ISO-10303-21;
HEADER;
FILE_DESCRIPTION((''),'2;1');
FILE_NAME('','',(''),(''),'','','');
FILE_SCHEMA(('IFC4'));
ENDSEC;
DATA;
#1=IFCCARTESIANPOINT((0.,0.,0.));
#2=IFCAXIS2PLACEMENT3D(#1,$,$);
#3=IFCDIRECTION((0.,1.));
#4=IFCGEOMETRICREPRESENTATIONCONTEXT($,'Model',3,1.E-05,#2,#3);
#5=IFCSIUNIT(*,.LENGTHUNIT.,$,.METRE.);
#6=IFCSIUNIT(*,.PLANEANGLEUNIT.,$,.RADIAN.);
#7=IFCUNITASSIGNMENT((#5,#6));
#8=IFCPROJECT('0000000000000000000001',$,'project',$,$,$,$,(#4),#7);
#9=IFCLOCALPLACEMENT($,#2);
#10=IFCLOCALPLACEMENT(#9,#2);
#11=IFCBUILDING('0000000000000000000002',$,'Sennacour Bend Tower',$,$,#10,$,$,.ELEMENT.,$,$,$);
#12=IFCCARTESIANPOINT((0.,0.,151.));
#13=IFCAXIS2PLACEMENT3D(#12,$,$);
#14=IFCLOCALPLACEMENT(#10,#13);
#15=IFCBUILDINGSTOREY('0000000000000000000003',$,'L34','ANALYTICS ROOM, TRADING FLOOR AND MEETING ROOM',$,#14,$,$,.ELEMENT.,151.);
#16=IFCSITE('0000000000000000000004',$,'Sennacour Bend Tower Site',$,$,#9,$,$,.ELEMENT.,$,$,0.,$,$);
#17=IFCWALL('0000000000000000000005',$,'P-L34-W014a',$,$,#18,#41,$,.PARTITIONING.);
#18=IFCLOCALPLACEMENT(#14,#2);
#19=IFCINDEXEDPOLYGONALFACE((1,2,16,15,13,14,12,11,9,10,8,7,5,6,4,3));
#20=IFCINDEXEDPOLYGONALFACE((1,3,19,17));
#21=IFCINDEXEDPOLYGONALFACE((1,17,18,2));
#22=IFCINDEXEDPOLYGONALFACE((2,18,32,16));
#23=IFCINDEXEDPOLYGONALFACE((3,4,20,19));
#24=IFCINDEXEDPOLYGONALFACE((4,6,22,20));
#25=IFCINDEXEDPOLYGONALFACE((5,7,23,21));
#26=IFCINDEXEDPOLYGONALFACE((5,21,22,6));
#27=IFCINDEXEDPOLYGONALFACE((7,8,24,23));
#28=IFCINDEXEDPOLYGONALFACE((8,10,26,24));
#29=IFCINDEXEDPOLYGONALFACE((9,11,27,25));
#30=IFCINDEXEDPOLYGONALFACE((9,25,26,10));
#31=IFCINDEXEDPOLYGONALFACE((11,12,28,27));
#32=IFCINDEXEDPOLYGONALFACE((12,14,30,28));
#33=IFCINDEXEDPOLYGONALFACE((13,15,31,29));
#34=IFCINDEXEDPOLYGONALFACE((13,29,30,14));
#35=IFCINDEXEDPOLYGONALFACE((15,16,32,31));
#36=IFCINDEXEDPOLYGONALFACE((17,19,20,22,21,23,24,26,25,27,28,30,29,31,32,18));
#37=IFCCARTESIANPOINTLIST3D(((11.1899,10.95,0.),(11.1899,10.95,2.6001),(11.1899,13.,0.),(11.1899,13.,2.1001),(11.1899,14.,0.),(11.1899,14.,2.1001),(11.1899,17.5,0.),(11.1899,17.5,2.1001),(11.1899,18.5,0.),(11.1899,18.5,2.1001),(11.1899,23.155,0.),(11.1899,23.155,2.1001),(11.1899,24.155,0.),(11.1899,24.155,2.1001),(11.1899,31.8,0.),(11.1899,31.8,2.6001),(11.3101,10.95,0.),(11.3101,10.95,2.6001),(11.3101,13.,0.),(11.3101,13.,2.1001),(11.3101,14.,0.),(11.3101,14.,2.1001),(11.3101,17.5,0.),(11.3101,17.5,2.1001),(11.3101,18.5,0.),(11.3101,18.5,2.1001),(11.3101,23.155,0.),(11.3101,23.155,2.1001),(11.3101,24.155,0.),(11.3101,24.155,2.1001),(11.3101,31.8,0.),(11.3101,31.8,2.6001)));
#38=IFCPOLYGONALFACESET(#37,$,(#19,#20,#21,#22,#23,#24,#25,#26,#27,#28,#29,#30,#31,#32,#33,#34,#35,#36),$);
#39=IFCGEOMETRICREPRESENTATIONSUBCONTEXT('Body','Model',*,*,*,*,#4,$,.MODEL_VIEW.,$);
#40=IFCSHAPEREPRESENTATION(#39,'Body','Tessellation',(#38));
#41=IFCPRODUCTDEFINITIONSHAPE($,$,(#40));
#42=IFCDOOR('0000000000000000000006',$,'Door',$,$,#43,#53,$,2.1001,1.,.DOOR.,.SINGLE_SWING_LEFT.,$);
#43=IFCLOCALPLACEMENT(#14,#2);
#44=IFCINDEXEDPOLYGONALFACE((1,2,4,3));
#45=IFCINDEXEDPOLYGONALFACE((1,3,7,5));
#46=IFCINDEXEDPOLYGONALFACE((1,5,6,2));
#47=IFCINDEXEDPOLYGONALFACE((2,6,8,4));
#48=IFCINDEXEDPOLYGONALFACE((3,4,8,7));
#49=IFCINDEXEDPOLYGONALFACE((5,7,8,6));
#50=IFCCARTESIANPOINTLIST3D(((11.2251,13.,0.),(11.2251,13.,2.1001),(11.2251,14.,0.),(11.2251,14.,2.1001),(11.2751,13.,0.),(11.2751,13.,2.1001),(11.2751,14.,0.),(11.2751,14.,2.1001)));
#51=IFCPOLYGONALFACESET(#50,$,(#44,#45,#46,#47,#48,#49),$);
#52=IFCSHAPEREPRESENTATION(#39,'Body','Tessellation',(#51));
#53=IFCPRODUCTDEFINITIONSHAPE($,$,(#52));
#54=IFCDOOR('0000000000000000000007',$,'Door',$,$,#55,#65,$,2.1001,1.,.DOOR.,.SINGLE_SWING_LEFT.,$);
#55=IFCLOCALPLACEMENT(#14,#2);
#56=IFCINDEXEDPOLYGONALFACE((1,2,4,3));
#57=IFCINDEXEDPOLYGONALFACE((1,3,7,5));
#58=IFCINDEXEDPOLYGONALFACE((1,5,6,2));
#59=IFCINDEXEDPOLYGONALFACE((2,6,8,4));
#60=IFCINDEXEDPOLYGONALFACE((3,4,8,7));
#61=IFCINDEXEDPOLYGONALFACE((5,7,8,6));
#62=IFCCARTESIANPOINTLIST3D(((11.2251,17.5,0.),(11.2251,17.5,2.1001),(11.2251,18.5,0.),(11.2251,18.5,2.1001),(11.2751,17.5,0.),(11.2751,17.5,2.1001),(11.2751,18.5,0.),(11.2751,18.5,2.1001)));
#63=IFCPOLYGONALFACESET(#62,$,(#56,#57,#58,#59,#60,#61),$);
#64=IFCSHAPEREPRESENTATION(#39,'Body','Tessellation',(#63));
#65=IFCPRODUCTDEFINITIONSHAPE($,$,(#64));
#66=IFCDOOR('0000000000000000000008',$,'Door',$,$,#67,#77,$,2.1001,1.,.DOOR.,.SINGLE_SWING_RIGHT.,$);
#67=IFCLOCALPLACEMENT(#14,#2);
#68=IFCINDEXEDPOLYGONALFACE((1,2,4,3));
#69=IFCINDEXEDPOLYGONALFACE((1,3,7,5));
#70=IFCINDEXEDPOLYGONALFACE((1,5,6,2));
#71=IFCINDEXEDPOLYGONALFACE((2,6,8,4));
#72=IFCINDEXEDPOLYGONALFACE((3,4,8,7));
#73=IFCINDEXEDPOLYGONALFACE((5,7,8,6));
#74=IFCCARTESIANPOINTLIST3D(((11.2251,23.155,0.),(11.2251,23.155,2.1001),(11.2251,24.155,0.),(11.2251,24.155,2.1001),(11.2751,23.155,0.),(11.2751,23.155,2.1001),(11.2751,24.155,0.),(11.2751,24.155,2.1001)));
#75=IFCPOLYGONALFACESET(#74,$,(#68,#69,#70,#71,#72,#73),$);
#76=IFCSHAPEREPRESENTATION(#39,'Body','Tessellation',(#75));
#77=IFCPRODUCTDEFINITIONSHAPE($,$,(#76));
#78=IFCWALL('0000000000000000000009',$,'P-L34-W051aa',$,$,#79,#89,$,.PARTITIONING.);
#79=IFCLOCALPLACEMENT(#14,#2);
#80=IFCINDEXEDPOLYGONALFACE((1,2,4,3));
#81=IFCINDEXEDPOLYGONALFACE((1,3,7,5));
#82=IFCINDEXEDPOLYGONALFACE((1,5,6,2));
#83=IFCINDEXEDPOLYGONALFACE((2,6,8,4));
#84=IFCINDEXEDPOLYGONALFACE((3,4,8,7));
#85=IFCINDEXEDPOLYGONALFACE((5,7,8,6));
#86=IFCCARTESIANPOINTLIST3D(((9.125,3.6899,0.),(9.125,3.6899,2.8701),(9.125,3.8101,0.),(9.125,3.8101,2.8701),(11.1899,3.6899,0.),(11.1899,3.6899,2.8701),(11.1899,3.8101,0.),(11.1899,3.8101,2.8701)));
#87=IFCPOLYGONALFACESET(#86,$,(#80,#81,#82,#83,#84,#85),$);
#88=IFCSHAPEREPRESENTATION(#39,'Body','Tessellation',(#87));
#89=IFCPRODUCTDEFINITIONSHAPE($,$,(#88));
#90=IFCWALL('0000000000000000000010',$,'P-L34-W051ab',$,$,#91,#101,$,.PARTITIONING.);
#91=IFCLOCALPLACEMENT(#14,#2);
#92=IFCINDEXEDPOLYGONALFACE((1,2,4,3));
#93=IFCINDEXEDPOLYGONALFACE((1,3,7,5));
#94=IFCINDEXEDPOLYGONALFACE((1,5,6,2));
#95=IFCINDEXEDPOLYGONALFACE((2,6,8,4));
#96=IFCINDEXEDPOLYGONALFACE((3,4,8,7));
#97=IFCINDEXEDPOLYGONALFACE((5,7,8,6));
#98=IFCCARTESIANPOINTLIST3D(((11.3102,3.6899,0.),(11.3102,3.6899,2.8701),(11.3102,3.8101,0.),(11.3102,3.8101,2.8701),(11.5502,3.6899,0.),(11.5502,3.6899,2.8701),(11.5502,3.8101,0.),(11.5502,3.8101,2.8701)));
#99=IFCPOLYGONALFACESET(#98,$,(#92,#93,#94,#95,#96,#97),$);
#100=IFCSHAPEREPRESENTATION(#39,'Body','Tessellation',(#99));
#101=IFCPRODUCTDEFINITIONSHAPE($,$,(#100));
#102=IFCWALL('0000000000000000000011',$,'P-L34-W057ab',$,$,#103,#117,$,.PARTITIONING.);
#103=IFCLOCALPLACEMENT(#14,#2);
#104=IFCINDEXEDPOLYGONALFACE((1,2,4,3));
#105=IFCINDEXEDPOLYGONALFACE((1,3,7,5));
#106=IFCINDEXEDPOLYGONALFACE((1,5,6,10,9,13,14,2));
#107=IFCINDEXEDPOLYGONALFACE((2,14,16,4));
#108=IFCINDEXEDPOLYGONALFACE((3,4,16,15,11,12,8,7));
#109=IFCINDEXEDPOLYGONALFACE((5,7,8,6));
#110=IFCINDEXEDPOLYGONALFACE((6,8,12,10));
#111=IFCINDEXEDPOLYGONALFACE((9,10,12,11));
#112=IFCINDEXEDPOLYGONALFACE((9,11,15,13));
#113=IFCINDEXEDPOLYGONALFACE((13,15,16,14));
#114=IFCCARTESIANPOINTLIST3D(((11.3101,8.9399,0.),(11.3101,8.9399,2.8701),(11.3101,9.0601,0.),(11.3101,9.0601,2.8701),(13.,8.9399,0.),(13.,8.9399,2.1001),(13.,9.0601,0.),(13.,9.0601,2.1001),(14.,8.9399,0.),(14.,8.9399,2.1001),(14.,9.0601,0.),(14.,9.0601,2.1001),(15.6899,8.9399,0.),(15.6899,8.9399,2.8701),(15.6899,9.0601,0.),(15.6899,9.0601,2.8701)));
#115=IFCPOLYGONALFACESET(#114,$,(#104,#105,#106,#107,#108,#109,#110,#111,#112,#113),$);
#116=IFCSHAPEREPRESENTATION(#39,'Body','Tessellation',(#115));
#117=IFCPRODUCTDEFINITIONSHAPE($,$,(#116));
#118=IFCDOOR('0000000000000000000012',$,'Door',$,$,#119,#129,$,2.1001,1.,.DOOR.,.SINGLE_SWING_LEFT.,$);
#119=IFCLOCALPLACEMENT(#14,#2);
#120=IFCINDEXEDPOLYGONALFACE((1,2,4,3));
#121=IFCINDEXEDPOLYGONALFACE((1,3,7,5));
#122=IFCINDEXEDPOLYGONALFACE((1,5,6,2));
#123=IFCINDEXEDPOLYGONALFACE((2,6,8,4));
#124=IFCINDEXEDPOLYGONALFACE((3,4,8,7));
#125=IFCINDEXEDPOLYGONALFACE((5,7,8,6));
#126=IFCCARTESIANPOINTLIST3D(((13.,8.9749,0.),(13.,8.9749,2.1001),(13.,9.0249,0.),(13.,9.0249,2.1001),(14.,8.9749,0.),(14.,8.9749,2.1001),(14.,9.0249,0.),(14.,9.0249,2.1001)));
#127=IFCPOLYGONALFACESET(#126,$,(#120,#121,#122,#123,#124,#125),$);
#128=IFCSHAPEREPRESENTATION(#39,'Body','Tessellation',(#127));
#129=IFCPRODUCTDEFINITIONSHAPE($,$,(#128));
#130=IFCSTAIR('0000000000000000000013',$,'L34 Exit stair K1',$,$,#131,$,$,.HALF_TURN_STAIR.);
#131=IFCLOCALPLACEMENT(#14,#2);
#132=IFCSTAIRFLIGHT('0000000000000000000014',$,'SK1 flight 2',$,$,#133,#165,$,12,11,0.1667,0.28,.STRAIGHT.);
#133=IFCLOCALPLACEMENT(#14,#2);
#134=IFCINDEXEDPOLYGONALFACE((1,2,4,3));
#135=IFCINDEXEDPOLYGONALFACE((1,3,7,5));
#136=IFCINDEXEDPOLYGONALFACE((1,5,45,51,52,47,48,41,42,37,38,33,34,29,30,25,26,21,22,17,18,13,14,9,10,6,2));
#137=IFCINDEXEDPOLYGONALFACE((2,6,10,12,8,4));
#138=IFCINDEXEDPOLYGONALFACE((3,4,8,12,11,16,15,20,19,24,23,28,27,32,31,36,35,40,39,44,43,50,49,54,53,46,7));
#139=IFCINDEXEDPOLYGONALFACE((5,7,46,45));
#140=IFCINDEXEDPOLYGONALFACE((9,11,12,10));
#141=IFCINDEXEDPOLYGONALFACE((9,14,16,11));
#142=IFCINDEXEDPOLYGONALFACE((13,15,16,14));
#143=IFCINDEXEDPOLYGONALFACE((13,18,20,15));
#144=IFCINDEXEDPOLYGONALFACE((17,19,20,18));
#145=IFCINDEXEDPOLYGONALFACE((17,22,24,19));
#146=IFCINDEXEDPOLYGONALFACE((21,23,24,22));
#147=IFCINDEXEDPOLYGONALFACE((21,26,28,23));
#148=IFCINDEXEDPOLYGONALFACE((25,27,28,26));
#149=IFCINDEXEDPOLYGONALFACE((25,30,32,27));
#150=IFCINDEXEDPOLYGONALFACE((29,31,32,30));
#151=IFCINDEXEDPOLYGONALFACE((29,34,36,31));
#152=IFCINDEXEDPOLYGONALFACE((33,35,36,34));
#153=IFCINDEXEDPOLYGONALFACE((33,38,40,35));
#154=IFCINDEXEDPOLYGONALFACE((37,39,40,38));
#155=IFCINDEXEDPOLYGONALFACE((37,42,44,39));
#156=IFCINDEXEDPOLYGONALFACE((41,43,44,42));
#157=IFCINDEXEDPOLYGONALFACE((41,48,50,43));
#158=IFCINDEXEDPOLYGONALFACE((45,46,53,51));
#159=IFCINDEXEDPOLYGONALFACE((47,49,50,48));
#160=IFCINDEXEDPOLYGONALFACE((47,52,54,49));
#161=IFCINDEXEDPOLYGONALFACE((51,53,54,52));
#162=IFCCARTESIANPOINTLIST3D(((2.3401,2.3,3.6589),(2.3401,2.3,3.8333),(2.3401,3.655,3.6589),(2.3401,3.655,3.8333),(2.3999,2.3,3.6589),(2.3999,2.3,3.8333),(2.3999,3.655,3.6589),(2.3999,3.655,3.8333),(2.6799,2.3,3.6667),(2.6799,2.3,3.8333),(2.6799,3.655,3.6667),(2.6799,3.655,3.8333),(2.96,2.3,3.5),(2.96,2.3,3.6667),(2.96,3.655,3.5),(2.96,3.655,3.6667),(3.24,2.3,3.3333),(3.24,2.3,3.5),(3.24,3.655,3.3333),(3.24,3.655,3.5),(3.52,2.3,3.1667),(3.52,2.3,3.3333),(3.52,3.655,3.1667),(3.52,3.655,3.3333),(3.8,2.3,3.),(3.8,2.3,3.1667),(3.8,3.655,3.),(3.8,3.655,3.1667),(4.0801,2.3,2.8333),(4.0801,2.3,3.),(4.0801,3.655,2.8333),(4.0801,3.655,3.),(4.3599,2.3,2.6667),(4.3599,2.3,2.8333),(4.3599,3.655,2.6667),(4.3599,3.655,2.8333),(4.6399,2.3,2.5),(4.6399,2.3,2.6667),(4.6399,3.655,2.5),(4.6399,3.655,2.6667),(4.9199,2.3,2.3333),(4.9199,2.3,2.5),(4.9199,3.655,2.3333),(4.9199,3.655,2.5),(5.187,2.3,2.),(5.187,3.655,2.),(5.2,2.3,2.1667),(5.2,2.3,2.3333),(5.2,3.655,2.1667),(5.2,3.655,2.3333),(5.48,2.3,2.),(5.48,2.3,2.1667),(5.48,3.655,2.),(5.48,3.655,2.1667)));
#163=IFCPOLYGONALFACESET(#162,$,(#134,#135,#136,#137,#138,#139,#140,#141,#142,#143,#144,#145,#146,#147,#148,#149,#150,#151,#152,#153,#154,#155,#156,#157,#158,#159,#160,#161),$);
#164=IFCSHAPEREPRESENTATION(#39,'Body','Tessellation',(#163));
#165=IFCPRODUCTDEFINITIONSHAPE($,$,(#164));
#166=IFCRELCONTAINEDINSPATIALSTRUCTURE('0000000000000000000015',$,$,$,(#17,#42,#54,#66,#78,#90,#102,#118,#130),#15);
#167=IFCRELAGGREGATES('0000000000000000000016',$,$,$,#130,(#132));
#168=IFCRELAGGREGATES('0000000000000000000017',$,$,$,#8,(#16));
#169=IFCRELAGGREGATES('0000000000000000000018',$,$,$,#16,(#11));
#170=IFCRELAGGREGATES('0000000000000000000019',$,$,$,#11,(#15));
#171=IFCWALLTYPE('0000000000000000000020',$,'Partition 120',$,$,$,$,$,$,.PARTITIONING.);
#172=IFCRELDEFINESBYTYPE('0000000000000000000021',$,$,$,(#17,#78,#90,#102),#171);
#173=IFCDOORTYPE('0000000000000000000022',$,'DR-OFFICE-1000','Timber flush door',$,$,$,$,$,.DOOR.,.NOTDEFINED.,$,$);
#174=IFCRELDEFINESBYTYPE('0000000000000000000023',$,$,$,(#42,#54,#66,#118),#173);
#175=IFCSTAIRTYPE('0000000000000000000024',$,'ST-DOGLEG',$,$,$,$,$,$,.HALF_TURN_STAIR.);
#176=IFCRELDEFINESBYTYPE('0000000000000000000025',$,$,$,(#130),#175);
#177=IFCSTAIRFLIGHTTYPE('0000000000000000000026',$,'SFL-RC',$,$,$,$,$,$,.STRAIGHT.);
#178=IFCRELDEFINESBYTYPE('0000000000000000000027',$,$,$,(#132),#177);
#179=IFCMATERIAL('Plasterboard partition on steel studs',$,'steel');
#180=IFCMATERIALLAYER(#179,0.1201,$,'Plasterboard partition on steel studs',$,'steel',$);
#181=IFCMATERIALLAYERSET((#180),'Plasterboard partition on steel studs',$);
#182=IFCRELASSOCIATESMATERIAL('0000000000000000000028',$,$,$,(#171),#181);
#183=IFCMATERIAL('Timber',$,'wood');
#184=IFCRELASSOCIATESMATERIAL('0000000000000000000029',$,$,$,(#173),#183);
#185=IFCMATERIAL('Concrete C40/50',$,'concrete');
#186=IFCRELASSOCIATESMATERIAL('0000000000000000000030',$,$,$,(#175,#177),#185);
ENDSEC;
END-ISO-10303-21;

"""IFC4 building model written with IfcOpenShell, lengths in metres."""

from ifc_helpers import new_model, si_unit, direction, frame, frame_2d, origin, place, context, subcontext, project, spatial, polyline, rectangle, outline, extrude, material, layer, layer_set, type_object, element, fill, aggregate, save


model = new_model("IFC4")

# Units and contexts
model_context = context("Model", 3, precision=1e-05, world=origin(), true_north=direction((0.0, 1.0)))
body_context = subcontext(model_context, "Body", "Model", "MODEL_VIEW")
ifc_project = project(units=[si_unit("LENGTHUNIT", "METRE"), si_unit("PLANEANGLEUNIT", "RADIAN")], contexts=[model_context])

# Site, building, storey
site_placement = place(None, origin())
site = spatial("IfcSite", under=ifc_project, at=site_placement, Name="Sennacour Bend Tower Site", CompositionType="ELEMENT", RefElevation=0.0)
building_placement = place(site_placement, origin())
building = spatial("IfcBuilding", under=site, at=building_placement, Name="Sennacour Bend Tower", CompositionType="ELEMENT")
storey_placement = place(building_placement, frame((0.0, 0.0, 151.0)))
storey = spatial("IfcBuildingStorey", under=building, at=storey_placement, Name="L34", Description="ANALYTICS ROOM, TRADING FLOOR AND MEETING ROOM", CompositionType="ELEMENT", Elevation=151.0)

# Wall, openings, doors
ifc_material_1 = material(Name="Plasterboard partition on steel studs", Category="steel")
ifc_layer = layer(ifc_material_1, 0.1201, Name="Plasterboard partition on steel studs", Category="steel")
ifc_layer_set = layer_set([ifc_layer], Name="Plasterboard partition on steel studs")
wall_type = type_object("IfcWallType", Name="Partition 120", PredefinedType="PARTITIONING", material=ifc_layer_set)
wall_1_placement = place(storey_placement, frame((11.25, 10.95, 0.0), z_axis=(0.0, 0.0, 1.0), x_axis=(0.0, 1.0, 0.0)))
wall_1 = element("IfcWall", 1, at=wall_1_placement, inside=storey, type_object=wall_type, Name="P-L34-W014a", PredefinedType="PARTITIONING", context=body_context, shape_type="SweptSolid", body=[
    extrude(rectangle(XDim=20.8501, YDim=0.1201, at=frame_2d((10.425, 0.0))), origin(), (0.0, 0.0, 1.0), 2.6001),
])
opening_1_placement = place(wall_1_placement, frame((2.05, 0.0, 0.0)))
opening_1 = element("IfcOpeningElement", 2, at=opening_1_placement, cuts=wall_1, PredefinedType="OPENING", context=body_context, shape_type="SweptSolid", body=[
    extrude(rectangle(XDim=1.0, YDim=2.1001, at=frame_2d((0.5, 1.05))), frame((0.0, 0.0701, 0.0), z_axis=(0.0, -1.0, 0.0), x_axis=(1.0, 0.0, 0.0)), (0.0, 0.0, 1.0), 0.1401),
])
opening_2_placement = place(wall_1_placement, frame((6.55, 0.0, 0.0)))
opening_2 = element("IfcOpeningElement", 3, at=opening_2_placement, cuts=wall_1, PredefinedType="OPENING", context=body_context, shape_type="SweptSolid", body=[
    extrude(rectangle(XDim=1.0, YDim=2.1001, at=frame_2d((0.5, 1.05))), frame((0.0, 0.0701, 0.0), z_axis=(0.0, -1.0, 0.0), x_axis=(1.0, 0.0, 0.0)), (0.0, 0.0, 1.0), 0.1401),
])
opening_3_placement = place(wall_1_placement, frame((12.2051, 0.0, 0.0)))
opening_3 = element("IfcOpeningElement", 4, at=opening_3_placement, cuts=wall_1, PredefinedType="OPENING", context=body_context, shape_type="SweptSolid", body=[
    extrude(rectangle(XDim=1.0, YDim=2.1001, at=frame_2d((0.5, 1.05))), frame((0.0, 0.0701, 0.0), z_axis=(0.0, -1.0, 0.0), x_axis=(1.0, 0.0, 0.0)), (0.0, 0.0, 1.0), 0.1401),
])
ifc_material_2 = material(Name="Timber", Category="wood")
door_type = type_object("IfcDoorType", Name="DR-OFFICE-1000", Description="Timber flush door", OperationType="NOTDEFINED", PredefinedType="DOOR", material=ifc_material_2)
door_1_placement = place(opening_1_placement, origin())
door_1 = element("IfcDoor", 5, at=door_1_placement, inside=storey, type_object=door_type, Name="Door", OperationType="SINGLE_SWING_LEFT", OverallHeight=2.1001, OverallWidth=1.0, PredefinedType="DOOR", context=body_context, shape_type="SweptSolid", body=[
    extrude(rectangle(XDim=1.0, YDim=2.1001, at=frame_2d((0.5, 1.05))), frame((0.0, 0.0249, 0.0), z_axis=(0.0, -1.0, 0.0), x_axis=(1.0, 0.0, 0.0)), (0.0, 0.0, 1.0), 0.05),
])
fill(opening_1, door_1)
door_2_placement = place(opening_2_placement, origin())
door_2 = element("IfcDoor", 6, at=door_2_placement, inside=storey, type_object=door_type, Name="Door", OperationType="SINGLE_SWING_LEFT", OverallHeight=2.1001, OverallWidth=1.0, PredefinedType="DOOR", context=body_context, shape_type="SweptSolid", body=[
    extrude(rectangle(XDim=1.0, YDim=2.1001, at=frame_2d((0.5, 1.05))), frame((0.0, 0.0249, 0.0), z_axis=(0.0, -1.0, 0.0), x_axis=(1.0, 0.0, 0.0)), (0.0, 0.0, 1.0), 0.05),
])
fill(opening_2, door_2)
door_3_placement = place(opening_3_placement, origin())
door_3 = element("IfcDoor", 7, at=door_3_placement, inside=storey, type_object=door_type, Name="Door", OperationType="SINGLE_SWING_RIGHT", OverallHeight=2.1001, OverallWidth=1.0, PredefinedType="DOOR", context=body_context, shape_type="SweptSolid", body=[
    extrude(rectangle(XDim=1.0, YDim=2.1001, at=frame_2d((0.5, 1.05))), frame((0.0, 0.0249, 0.0), z_axis=(0.0, -1.0, 0.0), x_axis=(1.0, 0.0, 0.0)), (0.0, 0.0, 1.0), 0.05),
])
fill(opening_3, door_3)

# Walls
wall_2_placement = place(storey_placement, frame((9.125, 3.75, 0.0), z_axis=(0.0, 0.0, 1.0), x_axis=(1.0, 0.0, 0.0)))
element("IfcWall", 8, at=wall_2_placement, inside=storey, type_object=wall_type, Name="P-L34-W051aa", PredefinedType="PARTITIONING", context=body_context, shape_type="SweptSolid", body=[
    extrude(rectangle(XDim=2.0649, YDim=0.1201, at=frame_2d((1.0325, 0.0))), origin(), (0.0, 0.0, 1.0), 2.8701),
])
wall_3_placement = place(storey_placement, frame((11.3101, 3.75, 0.0), z_axis=(0.0, 0.0, 1.0), x_axis=(1.0, 0.0, 0.0)))
element("IfcWall", 9, at=wall_3_placement, inside=storey, type_object=wall_type, Name="P-L34-W051ab", PredefinedType="PARTITIONING", context=body_context, shape_type="SweptSolid", body=[
    extrude(rectangle(XDim=0.24, YDim=0.1201, at=frame_2d((0.1201, 0.0))), origin(), (0.0, 0.0, 1.0), 2.8701),
])

# Wall, opening, door
wall_4_placement = place(storey_placement, frame((11.3101, 9.0, 0.0), z_axis=(0.0, 0.0, 1.0), x_axis=(1.0, 0.0, 0.0)))
wall_4 = element("IfcWall", 10, at=wall_4_placement, inside=storey, type_object=wall_type, Name="P-L34-W057ab", PredefinedType="PARTITIONING", context=body_context, shape_type="SweptSolid", body=[
    extrude(rectangle(XDim=4.3799, YDim=0.1201, at=frame_2d((2.1899, 0.0))), origin(), (0.0, 0.0, 1.0), 2.8701),
])
opening_4_placement = place(wall_4_placement, frame((1.6899, 0.0, 0.0)))
opening_4 = element("IfcOpeningElement", 11, at=opening_4_placement, cuts=wall_4, PredefinedType="OPENING", context=body_context, shape_type="SweptSolid", body=[
    extrude(rectangle(XDim=1.0, YDim=2.1001, at=frame_2d((0.5, 1.05))), frame((0.0, 0.0701, 0.0), z_axis=(0.0, -1.0, 0.0), x_axis=(1.0, 0.0, 0.0)), (0.0, 0.0, 1.0), 0.1401),
])
door_4_placement = place(opening_4_placement, origin())
door_4 = element("IfcDoor", 12, at=door_4_placement, inside=storey, type_object=door_type, Name="Door", OperationType="SINGLE_SWING_LEFT", OverallHeight=2.1001, OverallWidth=1.0, PredefinedType="DOOR", context=body_context, shape_type="SweptSolid", body=[
    extrude(rectangle(XDim=1.0, YDim=2.1001, at=frame_2d((0.5, 1.05))), frame((0.0, 0.0249, 0.0), z_axis=(0.0, -1.0, 0.0), x_axis=(1.0, 0.0, 0.0)), (0.0, 0.0, 1.0), 0.05),
])
fill(opening_4, door_4)

# Stair, stair flight
ifc_material_3 = material(Name="Concrete C40/50", Category="concrete")
stair_type = type_object("IfcStairType", Name="ST-DOGLEG", PredefinedType="HALF_TURN_STAIR", material=ifc_material_3)
stair_placement = place(storey_placement, origin())
stair = element("IfcStair", 13, at=stair_placement, inside=storey, type_object=stair_type, Name="L34 Exit stair K1", PredefinedType="HALF_TURN_STAIR")
stair_flight_type = type_object("IfcStairFlightType", Name="SFL-RC", PredefinedType="STRAIGHT", material=ifc_material_3)
stair_flight_placement = place(storey_placement, frame((5.48, 2.9775, 2.0), z_axis=(0.0, 0.0, 1.0), x_axis=(-1.0, 0.0, 0.0)))
stair_flight = element("IfcStairFlight", 14, at=stair_flight_placement, type_object=stair_flight_type, Name="SK1 flight 2", NumberOfRisers=12, NumberOfTreads=11, PredefinedType="STRAIGHT", RiserHeight=0.1667, TreadLength=0.28, context=body_context, shape_type="SweptSolid", body=[
    extrude(outline(polyline([(0.0, 0.0), (0.0, 0.1667), (0.28, 0.1667), (0.28, 0.3333), (0.5601, 0.3333), (0.5601, 0.5), (0.8401, 0.5), (0.8401, 0.6667), (1.1201, 0.6667), (1.1201, 0.8333), (1.3999, 0.8333), (1.3999, 1.0), (1.6799, 1.0), (1.6799, 1.1667), (1.96, 1.1667), (1.96, 1.3333), (2.24, 1.3333), (2.24, 1.5), (2.52, 1.5), (2.52, 1.6667), (2.8, 1.6667), (2.8, 1.8333), (3.0801, 1.8333), (3.1399, 1.8333), (3.1399, 1.6589), (3.0801, 1.6589), (0.293, 0.0), (0.0, 0.0)])), frame((0.0, 0.6775, 0.0), z_axis=(0.0, -1.0, 0.0), x_axis=(1.0, 0.0, 0.0)), (0.0, 0.0, 1.0), 1.355),
])
aggregate(stair, [stair_flight])

save(model, "model.ifc")
